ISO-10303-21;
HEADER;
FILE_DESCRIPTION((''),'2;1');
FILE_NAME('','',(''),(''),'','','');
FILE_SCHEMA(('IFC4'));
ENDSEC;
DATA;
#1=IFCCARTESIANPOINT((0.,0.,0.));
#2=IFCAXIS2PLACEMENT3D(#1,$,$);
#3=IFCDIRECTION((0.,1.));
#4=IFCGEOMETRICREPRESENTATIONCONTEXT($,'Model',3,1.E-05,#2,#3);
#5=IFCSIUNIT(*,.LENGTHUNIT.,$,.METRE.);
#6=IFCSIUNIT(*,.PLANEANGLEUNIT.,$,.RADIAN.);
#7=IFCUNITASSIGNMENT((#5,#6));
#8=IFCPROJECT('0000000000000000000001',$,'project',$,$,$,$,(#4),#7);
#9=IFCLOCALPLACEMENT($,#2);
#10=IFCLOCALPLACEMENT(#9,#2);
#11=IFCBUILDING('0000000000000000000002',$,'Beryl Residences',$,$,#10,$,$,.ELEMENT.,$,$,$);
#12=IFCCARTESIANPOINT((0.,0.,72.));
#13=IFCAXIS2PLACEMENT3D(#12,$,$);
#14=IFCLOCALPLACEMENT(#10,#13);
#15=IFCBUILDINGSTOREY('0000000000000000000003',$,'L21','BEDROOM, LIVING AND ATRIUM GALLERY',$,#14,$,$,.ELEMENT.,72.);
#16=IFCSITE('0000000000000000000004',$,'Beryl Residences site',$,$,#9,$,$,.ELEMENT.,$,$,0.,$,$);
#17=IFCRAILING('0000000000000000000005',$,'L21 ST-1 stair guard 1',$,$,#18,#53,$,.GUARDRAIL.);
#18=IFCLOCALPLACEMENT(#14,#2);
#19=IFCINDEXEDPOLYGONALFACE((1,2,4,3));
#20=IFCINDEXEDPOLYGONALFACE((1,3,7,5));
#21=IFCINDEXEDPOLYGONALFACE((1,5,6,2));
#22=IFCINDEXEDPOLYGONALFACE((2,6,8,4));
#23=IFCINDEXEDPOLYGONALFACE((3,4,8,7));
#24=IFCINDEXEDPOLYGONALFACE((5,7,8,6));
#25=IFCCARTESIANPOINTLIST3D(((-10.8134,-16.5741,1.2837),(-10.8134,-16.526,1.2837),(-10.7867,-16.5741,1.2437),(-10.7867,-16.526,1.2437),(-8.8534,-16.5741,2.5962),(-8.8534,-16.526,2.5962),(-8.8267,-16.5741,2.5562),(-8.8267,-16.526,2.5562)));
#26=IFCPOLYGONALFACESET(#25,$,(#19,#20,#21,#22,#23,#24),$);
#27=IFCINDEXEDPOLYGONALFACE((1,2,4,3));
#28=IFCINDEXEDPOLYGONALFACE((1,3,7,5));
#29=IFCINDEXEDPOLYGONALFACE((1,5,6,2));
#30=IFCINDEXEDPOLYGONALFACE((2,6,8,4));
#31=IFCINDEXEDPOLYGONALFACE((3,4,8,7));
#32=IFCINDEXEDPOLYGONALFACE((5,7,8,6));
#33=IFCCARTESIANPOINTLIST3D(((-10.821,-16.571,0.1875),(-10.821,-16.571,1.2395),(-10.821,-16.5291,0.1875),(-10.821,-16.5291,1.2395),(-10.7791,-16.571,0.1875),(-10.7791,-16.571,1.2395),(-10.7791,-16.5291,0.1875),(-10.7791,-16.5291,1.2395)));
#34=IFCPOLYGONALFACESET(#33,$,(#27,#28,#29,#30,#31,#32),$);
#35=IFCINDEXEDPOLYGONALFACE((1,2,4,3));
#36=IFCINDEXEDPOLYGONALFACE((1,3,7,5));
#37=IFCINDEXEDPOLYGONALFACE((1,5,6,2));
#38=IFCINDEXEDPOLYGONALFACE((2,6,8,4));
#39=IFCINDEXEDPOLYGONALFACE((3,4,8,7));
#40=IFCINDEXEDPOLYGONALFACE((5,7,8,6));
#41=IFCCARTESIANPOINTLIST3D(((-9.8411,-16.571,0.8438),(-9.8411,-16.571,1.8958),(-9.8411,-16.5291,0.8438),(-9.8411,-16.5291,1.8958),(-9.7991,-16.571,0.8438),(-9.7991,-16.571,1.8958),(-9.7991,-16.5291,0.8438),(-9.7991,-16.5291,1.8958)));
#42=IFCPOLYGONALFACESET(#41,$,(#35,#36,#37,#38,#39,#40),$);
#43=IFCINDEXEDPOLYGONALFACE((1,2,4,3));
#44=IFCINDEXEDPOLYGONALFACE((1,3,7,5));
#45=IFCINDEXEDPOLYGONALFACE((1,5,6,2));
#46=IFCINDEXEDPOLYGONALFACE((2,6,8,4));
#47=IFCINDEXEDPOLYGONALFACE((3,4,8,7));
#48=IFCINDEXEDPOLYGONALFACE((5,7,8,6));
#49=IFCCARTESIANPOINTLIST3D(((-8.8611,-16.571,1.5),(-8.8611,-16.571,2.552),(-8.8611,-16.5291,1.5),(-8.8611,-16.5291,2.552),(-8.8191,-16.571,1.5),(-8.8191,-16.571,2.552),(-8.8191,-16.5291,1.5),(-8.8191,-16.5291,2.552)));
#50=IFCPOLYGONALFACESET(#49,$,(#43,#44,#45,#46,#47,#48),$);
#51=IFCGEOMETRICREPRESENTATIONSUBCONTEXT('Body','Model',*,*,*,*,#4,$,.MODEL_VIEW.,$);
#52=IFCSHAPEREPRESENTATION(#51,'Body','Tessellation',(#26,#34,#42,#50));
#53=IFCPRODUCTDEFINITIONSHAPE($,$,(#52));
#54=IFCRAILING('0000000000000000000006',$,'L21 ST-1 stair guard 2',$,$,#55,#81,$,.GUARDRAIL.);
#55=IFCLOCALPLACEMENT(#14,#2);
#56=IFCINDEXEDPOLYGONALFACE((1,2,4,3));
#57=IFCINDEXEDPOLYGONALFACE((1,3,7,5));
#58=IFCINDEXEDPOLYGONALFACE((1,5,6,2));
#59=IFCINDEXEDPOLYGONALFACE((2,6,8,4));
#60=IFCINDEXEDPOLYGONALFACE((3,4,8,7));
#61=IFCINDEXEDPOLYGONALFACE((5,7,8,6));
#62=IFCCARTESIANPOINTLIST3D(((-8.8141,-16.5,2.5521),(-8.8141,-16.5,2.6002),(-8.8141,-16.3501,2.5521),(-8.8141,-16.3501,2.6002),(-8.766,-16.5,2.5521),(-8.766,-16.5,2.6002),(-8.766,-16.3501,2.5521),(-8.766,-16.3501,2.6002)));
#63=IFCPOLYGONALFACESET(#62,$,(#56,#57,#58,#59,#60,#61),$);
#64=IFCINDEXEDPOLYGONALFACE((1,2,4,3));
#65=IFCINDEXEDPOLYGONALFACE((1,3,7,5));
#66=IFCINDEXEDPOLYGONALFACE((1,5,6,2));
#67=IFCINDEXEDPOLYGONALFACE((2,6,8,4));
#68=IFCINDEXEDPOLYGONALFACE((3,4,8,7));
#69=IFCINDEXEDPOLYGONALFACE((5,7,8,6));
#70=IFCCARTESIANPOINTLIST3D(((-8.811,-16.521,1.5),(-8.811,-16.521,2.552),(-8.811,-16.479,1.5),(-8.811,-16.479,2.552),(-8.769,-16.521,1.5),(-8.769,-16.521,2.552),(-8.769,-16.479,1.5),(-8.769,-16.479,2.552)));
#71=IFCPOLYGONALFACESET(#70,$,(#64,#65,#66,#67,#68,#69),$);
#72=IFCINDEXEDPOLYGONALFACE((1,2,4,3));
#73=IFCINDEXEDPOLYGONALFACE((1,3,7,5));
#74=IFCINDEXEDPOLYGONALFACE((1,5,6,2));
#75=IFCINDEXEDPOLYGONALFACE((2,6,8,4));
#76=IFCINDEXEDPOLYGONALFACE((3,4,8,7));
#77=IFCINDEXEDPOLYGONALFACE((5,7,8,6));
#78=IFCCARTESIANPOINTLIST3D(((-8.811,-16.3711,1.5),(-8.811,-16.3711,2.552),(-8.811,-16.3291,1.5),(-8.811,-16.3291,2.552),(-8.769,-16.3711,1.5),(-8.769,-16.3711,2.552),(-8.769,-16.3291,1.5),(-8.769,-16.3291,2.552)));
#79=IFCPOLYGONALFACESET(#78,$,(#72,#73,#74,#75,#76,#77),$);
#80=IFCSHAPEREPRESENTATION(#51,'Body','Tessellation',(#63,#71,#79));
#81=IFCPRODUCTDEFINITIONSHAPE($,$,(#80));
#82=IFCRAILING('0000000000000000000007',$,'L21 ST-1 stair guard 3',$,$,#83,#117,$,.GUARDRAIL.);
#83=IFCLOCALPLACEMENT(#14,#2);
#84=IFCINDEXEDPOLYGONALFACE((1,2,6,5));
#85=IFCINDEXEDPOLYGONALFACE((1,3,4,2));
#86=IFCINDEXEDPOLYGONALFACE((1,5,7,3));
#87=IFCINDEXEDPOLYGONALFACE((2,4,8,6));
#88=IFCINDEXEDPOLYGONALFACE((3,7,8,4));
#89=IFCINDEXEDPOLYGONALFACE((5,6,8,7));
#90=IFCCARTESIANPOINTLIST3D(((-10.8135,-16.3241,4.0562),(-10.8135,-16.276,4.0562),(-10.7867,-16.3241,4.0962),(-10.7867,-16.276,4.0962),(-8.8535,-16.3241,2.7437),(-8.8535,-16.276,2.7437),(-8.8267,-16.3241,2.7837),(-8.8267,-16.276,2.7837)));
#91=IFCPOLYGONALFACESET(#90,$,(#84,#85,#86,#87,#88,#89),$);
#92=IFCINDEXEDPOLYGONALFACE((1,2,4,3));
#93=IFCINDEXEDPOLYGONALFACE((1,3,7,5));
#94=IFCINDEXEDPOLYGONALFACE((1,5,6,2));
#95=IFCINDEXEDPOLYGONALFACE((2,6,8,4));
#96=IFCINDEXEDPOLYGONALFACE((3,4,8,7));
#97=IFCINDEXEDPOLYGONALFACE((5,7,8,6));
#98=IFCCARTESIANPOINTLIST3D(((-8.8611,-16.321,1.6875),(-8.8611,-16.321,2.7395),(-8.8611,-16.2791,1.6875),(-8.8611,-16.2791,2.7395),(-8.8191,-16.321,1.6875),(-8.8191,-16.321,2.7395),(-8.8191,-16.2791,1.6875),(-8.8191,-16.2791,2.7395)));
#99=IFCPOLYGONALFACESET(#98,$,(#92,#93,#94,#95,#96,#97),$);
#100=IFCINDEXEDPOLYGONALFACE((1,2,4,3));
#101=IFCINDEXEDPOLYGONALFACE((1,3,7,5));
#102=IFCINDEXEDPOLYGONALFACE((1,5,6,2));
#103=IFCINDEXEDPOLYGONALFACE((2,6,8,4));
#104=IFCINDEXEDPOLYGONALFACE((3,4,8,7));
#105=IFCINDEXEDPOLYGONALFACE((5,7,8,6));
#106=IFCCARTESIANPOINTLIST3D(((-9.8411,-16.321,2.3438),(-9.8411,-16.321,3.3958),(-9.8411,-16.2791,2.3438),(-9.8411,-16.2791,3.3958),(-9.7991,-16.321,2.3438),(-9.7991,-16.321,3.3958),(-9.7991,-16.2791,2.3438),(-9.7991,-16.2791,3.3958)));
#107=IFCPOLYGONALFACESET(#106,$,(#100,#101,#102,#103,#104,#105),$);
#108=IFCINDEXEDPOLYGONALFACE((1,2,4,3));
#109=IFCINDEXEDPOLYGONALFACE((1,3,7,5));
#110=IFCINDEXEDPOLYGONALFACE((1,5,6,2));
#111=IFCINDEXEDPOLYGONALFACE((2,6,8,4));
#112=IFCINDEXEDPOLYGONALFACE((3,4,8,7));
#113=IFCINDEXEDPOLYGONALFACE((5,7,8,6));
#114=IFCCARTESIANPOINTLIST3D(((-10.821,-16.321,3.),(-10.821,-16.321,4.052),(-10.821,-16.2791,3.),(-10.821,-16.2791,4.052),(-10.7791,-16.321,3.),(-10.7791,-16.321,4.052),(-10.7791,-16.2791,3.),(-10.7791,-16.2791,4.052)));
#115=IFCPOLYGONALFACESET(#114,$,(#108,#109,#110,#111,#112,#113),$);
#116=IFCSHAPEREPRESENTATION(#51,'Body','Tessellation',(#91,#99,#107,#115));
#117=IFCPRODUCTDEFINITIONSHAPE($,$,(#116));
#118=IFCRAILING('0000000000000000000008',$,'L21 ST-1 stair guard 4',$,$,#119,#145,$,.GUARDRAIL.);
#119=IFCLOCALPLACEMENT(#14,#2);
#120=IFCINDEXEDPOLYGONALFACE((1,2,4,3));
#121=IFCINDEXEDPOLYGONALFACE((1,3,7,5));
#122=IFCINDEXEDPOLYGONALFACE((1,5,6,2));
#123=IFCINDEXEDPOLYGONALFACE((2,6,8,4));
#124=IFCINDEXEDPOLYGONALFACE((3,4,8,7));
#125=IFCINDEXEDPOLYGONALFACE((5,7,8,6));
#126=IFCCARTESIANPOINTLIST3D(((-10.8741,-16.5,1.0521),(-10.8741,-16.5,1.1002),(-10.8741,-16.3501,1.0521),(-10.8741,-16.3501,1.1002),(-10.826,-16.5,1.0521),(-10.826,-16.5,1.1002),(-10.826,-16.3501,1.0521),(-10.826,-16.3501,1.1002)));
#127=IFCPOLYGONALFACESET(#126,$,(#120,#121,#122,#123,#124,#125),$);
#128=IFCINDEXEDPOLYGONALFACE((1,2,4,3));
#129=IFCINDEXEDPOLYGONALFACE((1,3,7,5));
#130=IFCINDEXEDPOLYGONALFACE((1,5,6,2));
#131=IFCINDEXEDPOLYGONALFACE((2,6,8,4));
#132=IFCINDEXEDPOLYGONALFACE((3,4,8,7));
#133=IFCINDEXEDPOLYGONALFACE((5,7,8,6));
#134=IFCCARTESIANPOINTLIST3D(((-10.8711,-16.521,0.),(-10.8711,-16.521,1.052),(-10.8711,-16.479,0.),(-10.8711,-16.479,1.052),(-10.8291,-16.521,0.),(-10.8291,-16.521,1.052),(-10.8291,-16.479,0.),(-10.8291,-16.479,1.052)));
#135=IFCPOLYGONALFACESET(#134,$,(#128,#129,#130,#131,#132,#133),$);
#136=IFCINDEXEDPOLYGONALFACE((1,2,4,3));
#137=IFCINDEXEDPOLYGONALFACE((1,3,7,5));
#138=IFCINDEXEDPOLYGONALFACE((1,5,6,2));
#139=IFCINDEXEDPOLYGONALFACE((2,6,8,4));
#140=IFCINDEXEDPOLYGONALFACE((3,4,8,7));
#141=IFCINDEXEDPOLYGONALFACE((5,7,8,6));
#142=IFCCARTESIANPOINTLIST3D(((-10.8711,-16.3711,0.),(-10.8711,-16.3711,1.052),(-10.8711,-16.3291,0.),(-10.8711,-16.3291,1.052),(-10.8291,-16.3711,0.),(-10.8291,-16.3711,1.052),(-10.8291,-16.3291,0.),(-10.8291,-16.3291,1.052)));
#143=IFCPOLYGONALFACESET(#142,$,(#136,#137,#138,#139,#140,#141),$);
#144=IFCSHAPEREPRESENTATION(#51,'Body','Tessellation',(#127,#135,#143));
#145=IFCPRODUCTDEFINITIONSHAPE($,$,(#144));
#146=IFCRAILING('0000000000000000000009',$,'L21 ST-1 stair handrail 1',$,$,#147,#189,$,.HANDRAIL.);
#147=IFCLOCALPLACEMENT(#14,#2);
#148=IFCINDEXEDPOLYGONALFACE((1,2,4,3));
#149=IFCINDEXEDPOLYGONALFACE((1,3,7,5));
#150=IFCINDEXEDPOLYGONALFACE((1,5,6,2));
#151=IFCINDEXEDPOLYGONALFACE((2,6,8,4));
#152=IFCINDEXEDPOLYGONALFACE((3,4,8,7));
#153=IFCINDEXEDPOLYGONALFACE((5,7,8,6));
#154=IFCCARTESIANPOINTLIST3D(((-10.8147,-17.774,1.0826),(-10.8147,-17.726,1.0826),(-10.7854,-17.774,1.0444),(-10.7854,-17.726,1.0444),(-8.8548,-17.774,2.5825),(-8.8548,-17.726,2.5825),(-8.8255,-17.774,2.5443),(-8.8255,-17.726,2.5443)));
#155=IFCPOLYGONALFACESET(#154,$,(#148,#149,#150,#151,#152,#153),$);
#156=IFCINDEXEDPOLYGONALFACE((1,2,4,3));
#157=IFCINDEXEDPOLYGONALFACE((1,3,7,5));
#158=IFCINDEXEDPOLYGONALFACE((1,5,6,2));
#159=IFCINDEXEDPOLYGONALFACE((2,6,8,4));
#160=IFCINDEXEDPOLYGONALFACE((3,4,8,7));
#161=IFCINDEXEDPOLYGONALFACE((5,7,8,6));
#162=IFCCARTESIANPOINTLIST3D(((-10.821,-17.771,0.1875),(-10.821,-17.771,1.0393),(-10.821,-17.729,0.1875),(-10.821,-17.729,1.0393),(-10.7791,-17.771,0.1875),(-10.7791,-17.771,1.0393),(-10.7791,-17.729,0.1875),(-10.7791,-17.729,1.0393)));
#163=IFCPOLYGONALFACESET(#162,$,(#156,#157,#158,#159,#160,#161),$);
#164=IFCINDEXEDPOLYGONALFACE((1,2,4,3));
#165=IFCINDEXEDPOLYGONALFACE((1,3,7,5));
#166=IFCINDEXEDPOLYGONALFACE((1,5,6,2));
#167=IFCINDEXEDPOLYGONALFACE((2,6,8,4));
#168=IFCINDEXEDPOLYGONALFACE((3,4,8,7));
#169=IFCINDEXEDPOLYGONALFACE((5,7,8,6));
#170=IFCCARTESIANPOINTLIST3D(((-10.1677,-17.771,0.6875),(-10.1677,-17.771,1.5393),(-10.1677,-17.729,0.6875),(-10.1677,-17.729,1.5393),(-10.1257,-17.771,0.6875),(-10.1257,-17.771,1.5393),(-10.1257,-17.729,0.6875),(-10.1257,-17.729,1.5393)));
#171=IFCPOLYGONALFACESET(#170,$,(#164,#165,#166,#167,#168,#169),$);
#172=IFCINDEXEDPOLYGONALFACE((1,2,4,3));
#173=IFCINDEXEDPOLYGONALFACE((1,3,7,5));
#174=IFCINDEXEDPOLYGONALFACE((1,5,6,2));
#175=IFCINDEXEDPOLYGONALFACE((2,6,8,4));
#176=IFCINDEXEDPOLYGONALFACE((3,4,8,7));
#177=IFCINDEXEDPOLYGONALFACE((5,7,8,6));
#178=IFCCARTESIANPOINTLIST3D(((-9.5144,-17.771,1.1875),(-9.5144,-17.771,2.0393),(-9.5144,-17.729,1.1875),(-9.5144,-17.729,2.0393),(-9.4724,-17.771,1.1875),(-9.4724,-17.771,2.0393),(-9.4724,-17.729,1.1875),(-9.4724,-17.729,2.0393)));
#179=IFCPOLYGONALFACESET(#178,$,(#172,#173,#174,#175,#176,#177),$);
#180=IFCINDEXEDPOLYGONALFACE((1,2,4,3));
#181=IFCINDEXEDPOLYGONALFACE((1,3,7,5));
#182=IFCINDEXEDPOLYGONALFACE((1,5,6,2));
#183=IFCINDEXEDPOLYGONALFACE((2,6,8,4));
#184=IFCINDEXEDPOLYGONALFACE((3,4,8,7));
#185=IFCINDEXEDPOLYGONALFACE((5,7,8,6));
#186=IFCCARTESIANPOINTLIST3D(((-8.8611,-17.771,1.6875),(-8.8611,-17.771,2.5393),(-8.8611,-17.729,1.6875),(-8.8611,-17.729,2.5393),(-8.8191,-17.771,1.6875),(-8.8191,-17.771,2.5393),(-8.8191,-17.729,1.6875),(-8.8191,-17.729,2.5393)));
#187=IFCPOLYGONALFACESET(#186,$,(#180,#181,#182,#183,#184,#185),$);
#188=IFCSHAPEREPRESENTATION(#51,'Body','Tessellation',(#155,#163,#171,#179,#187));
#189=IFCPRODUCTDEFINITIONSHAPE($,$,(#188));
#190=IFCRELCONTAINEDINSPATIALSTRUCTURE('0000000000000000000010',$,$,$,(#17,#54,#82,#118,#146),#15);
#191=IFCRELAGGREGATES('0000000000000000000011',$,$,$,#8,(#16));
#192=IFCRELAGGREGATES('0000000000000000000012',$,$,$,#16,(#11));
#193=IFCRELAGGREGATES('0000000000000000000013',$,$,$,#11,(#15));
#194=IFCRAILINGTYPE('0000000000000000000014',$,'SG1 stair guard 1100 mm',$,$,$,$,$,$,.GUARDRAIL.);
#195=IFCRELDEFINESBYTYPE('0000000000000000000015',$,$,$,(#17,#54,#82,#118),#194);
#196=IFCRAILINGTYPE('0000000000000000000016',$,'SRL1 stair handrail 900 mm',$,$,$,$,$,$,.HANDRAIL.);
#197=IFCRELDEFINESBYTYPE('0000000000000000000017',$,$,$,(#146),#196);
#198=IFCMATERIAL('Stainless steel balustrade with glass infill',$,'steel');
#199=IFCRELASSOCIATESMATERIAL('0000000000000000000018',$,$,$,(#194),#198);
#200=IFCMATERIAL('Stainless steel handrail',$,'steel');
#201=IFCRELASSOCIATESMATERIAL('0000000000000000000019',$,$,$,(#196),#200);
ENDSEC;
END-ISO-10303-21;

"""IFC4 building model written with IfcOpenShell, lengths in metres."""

from ifc_helpers import new_model, si_unit, direction, frame, origin, origin_2d, place, context, subcontext, project, spatial, rectangle, extrude, material, type_object, element, save


model = new_model("IFC4")

# Units and contexts
model_context = context("Model", 3, precision=1e-05, world=origin(), true_north=direction((0.0, 1.0)))
body_context = subcontext(model_context, "Body", "Model", "MODEL_VIEW")
ifc_project = project(units=[si_unit("LENGTHUNIT", "METRE"), si_unit("PLANEANGLEUNIT", "RADIAN")], contexts=[model_context])

# Site, building, storey
site_placement = place(None, origin())
site = spatial("IfcSite", under=ifc_project, at=site_placement, Name="Beryl Residences site", CompositionType="ELEMENT", RefElevation=0.0)
building_placement = place(site_placement, origin())
building = spatial("IfcBuilding", under=site, at=building_placement, Name="Beryl Residences", CompositionType="ELEMENT")
storey_placement = place(building_placement, frame((0.0, 0.0, 72.0)))
storey = spatial("IfcBuildingStorey", under=building, at=storey_placement, Name="L21", Description="BEDROOM, LIVING AND ATRIUM GALLERY", CompositionType="ELEMENT", Elevation=72.0)

# Railings
ifc_material_1 = material(Name="Stainless steel balustrade with glass infill", Category="steel")
railing_type_1 = type_object("IfcRailingType", Name="SG1 stair guard 1100 mm", PredefinedType="GUARDRAIL", material=ifc_material_1)
railing_1_placement = place(storey_placement, frame((-10.8, -16.55, 0.1875)))
element("IfcRailing", 1, at=railing_1_placement, inside=storey, type_object=railing_type_1, Name="L21 ST-1 stair guard 1", PredefinedType="GUARDRAIL", context=body_context, shape_type="SweptSolid", body=[
    extrude(rectangle(XDim=0.0481, YDim=0.0481, at=origin_2d()), frame((0.0, 0.0, 1.0762), z_axis=(0.830902, 0.0, 0.556419), x_axis=(0.0, 1.0, 0.0)), (0.0, 0.0, 1.0), 2.3589),
    extrude(rectangle(XDim=0.042, YDim=0.042, at=origin_2d()), origin(), (0.0, 0.0, 1.0), 1.052),
    extrude(rectangle(XDim=0.042, YDim=0.042, at=origin_2d()), frame((0.98, 0.0, 0.6562)), (0.0, 0.0, 1.0), 1.052),
    extrude(rectangle(XDim=0.042, YDim=0.042, at=origin_2d()), frame((1.96, 0.0, 1.3125)), (0.0, 0.0, 1.0), 1.052),
])
railing_2_placement = place(storey_placement, frame((-8.79, -16.5, 1.5)))
element("IfcRailing", 2, at=railing_2_placement, inside=storey, type_object=railing_type_1, Name="L21 ST-1 stair guard 2", PredefinedType="GUARDRAIL", context=body_context, shape_type="SweptSolid", body=[
    extrude(rectangle(XDim=0.0481, YDim=0.0481, at=origin_2d()), frame((0.0, 0.0, 1.0762), z_axis=(0.0, 1.0, 0.0), x_axis=(-1.0, 0.0, 0.0)), (0.0, 0.0, 1.0), 0.1499),
    extrude(rectangle(XDim=0.042, YDim=0.042, at=origin_2d()), origin(), (0.0, 0.0, 1.0), 1.052),
    extrude(rectangle(XDim=0.042, YDim=0.042, at=origin_2d()), frame((0.0, 0.1499, 0.0)), (0.0, 0.0, 1.0), 1.052),
])
railing_3_placement = place(storey_placement, frame((-8.8401, -16.3, 1.6875)))
element("IfcRailing", 3, at=railing_3_placement, inside=storey, type_object=railing_type_1, Name="L21 ST-1 stair guard 3", PredefinedType="GUARDRAIL", context=body_context, shape_type="SweptSolid", body=[
    extrude(rectangle(XDim=0.0481, YDim=0.0481, at=origin_2d()), frame((0.0, 0.0, 1.0762), z_axis=(-0.830902, 0.0, 0.556419), x_axis=(0.0, -1.0, 0.0)), (0.0, 0.0, 1.0), 2.3589),
    extrude(rectangle(XDim=0.042, YDim=0.042, at=origin_2d()), origin(), (0.0, 0.0, 1.0), 1.052),
    extrude(rectangle(XDim=0.042, YDim=0.042, at=origin_2d()), frame((-0.98, 0.0, 0.6562)), (0.0, 0.0, 1.0), 1.052),
    extrude(rectangle(XDim=0.042, YDim=0.042, at=origin_2d()), frame((-1.96, 0.0, 1.3125)), (0.0, 0.0, 1.0), 1.052),
])
railing_4_placement = place(storey_placement, frame((-10.8501, -16.5, 0.0)))
element("IfcRailing", 4, at=railing_4_placement, inside=storey, type_object=railing_type_1, Name="L21 ST-1 stair guard 4", PredefinedType="GUARDRAIL", context=body_context, shape_type="SweptSolid", body=[
    extrude(rectangle(XDim=0.0481, YDim=0.0481, at=origin_2d()), frame((0.0, 0.0, 1.0762), z_axis=(0.0, 1.0, 0.0), x_axis=(-1.0, 0.0, 0.0)), (0.0, 0.0, 1.0), 0.1499),
    extrude(rectangle(XDim=0.042, YDim=0.042, at=origin_2d()), origin(), (0.0, 0.0, 1.0), 1.052),
    extrude(rectangle(XDim=0.042, YDim=0.042, at=origin_2d()), frame((0.0, 0.1499, 0.0)), (0.0, 0.0, 1.0), 1.052),
])
ifc_material_2 = material(Name="Stainless steel handrail", Category="steel")
railing_type_2 = type_object("IfcRailingType", Name="SRL1 stair handrail 900 mm", PredefinedType="HANDRAIL", material=ifc_material_2)
railing_5_placement = place(storey_placement, frame((-10.8, -17.75, 0.1875)))
element("IfcRailing", 5, at=railing_5_placement, inside=storey, type_object=railing_type_2, Name="L21 ST-1 stair handrail 1", PredefinedType="HANDRAIL", context=body_context, shape_type="SweptSolid", body=[
    extrude(rectangle(XDim=0.0481, YDim=0.0481, at=origin_2d()), frame((0.0, 0.0, 0.876), z_axis=(0.794122, 0.0, 0.607758), x_axis=(0.0, 1.0, 0.0)), (0.0, 0.0, 1.0), 2.468),
    extrude(rectangle(XDim=0.042, YDim=0.042, at=origin_2d()), origin(), (0.0, 0.0, 1.0), 0.8518),
    extrude(rectangle(XDim=0.042, YDim=0.042, at=origin_2d()), frame((0.6533, 0.0, 0.5)), (0.0, 0.0, 1.0), 0.8518),
    extrude(rectangle(XDim=0.042, YDim=0.042, at=origin_2d()), frame((1.3066, 0.0, 1.0)), (0.0, 0.0, 1.0), 0.8518),
    extrude(rectangle(XDim=0.042, YDim=0.042, at=origin_2d()), frame((1.96, 0.0, 1.5)), (0.0, 0.0, 1.0), 0.8518),
])

save(model, "model.ifc")
